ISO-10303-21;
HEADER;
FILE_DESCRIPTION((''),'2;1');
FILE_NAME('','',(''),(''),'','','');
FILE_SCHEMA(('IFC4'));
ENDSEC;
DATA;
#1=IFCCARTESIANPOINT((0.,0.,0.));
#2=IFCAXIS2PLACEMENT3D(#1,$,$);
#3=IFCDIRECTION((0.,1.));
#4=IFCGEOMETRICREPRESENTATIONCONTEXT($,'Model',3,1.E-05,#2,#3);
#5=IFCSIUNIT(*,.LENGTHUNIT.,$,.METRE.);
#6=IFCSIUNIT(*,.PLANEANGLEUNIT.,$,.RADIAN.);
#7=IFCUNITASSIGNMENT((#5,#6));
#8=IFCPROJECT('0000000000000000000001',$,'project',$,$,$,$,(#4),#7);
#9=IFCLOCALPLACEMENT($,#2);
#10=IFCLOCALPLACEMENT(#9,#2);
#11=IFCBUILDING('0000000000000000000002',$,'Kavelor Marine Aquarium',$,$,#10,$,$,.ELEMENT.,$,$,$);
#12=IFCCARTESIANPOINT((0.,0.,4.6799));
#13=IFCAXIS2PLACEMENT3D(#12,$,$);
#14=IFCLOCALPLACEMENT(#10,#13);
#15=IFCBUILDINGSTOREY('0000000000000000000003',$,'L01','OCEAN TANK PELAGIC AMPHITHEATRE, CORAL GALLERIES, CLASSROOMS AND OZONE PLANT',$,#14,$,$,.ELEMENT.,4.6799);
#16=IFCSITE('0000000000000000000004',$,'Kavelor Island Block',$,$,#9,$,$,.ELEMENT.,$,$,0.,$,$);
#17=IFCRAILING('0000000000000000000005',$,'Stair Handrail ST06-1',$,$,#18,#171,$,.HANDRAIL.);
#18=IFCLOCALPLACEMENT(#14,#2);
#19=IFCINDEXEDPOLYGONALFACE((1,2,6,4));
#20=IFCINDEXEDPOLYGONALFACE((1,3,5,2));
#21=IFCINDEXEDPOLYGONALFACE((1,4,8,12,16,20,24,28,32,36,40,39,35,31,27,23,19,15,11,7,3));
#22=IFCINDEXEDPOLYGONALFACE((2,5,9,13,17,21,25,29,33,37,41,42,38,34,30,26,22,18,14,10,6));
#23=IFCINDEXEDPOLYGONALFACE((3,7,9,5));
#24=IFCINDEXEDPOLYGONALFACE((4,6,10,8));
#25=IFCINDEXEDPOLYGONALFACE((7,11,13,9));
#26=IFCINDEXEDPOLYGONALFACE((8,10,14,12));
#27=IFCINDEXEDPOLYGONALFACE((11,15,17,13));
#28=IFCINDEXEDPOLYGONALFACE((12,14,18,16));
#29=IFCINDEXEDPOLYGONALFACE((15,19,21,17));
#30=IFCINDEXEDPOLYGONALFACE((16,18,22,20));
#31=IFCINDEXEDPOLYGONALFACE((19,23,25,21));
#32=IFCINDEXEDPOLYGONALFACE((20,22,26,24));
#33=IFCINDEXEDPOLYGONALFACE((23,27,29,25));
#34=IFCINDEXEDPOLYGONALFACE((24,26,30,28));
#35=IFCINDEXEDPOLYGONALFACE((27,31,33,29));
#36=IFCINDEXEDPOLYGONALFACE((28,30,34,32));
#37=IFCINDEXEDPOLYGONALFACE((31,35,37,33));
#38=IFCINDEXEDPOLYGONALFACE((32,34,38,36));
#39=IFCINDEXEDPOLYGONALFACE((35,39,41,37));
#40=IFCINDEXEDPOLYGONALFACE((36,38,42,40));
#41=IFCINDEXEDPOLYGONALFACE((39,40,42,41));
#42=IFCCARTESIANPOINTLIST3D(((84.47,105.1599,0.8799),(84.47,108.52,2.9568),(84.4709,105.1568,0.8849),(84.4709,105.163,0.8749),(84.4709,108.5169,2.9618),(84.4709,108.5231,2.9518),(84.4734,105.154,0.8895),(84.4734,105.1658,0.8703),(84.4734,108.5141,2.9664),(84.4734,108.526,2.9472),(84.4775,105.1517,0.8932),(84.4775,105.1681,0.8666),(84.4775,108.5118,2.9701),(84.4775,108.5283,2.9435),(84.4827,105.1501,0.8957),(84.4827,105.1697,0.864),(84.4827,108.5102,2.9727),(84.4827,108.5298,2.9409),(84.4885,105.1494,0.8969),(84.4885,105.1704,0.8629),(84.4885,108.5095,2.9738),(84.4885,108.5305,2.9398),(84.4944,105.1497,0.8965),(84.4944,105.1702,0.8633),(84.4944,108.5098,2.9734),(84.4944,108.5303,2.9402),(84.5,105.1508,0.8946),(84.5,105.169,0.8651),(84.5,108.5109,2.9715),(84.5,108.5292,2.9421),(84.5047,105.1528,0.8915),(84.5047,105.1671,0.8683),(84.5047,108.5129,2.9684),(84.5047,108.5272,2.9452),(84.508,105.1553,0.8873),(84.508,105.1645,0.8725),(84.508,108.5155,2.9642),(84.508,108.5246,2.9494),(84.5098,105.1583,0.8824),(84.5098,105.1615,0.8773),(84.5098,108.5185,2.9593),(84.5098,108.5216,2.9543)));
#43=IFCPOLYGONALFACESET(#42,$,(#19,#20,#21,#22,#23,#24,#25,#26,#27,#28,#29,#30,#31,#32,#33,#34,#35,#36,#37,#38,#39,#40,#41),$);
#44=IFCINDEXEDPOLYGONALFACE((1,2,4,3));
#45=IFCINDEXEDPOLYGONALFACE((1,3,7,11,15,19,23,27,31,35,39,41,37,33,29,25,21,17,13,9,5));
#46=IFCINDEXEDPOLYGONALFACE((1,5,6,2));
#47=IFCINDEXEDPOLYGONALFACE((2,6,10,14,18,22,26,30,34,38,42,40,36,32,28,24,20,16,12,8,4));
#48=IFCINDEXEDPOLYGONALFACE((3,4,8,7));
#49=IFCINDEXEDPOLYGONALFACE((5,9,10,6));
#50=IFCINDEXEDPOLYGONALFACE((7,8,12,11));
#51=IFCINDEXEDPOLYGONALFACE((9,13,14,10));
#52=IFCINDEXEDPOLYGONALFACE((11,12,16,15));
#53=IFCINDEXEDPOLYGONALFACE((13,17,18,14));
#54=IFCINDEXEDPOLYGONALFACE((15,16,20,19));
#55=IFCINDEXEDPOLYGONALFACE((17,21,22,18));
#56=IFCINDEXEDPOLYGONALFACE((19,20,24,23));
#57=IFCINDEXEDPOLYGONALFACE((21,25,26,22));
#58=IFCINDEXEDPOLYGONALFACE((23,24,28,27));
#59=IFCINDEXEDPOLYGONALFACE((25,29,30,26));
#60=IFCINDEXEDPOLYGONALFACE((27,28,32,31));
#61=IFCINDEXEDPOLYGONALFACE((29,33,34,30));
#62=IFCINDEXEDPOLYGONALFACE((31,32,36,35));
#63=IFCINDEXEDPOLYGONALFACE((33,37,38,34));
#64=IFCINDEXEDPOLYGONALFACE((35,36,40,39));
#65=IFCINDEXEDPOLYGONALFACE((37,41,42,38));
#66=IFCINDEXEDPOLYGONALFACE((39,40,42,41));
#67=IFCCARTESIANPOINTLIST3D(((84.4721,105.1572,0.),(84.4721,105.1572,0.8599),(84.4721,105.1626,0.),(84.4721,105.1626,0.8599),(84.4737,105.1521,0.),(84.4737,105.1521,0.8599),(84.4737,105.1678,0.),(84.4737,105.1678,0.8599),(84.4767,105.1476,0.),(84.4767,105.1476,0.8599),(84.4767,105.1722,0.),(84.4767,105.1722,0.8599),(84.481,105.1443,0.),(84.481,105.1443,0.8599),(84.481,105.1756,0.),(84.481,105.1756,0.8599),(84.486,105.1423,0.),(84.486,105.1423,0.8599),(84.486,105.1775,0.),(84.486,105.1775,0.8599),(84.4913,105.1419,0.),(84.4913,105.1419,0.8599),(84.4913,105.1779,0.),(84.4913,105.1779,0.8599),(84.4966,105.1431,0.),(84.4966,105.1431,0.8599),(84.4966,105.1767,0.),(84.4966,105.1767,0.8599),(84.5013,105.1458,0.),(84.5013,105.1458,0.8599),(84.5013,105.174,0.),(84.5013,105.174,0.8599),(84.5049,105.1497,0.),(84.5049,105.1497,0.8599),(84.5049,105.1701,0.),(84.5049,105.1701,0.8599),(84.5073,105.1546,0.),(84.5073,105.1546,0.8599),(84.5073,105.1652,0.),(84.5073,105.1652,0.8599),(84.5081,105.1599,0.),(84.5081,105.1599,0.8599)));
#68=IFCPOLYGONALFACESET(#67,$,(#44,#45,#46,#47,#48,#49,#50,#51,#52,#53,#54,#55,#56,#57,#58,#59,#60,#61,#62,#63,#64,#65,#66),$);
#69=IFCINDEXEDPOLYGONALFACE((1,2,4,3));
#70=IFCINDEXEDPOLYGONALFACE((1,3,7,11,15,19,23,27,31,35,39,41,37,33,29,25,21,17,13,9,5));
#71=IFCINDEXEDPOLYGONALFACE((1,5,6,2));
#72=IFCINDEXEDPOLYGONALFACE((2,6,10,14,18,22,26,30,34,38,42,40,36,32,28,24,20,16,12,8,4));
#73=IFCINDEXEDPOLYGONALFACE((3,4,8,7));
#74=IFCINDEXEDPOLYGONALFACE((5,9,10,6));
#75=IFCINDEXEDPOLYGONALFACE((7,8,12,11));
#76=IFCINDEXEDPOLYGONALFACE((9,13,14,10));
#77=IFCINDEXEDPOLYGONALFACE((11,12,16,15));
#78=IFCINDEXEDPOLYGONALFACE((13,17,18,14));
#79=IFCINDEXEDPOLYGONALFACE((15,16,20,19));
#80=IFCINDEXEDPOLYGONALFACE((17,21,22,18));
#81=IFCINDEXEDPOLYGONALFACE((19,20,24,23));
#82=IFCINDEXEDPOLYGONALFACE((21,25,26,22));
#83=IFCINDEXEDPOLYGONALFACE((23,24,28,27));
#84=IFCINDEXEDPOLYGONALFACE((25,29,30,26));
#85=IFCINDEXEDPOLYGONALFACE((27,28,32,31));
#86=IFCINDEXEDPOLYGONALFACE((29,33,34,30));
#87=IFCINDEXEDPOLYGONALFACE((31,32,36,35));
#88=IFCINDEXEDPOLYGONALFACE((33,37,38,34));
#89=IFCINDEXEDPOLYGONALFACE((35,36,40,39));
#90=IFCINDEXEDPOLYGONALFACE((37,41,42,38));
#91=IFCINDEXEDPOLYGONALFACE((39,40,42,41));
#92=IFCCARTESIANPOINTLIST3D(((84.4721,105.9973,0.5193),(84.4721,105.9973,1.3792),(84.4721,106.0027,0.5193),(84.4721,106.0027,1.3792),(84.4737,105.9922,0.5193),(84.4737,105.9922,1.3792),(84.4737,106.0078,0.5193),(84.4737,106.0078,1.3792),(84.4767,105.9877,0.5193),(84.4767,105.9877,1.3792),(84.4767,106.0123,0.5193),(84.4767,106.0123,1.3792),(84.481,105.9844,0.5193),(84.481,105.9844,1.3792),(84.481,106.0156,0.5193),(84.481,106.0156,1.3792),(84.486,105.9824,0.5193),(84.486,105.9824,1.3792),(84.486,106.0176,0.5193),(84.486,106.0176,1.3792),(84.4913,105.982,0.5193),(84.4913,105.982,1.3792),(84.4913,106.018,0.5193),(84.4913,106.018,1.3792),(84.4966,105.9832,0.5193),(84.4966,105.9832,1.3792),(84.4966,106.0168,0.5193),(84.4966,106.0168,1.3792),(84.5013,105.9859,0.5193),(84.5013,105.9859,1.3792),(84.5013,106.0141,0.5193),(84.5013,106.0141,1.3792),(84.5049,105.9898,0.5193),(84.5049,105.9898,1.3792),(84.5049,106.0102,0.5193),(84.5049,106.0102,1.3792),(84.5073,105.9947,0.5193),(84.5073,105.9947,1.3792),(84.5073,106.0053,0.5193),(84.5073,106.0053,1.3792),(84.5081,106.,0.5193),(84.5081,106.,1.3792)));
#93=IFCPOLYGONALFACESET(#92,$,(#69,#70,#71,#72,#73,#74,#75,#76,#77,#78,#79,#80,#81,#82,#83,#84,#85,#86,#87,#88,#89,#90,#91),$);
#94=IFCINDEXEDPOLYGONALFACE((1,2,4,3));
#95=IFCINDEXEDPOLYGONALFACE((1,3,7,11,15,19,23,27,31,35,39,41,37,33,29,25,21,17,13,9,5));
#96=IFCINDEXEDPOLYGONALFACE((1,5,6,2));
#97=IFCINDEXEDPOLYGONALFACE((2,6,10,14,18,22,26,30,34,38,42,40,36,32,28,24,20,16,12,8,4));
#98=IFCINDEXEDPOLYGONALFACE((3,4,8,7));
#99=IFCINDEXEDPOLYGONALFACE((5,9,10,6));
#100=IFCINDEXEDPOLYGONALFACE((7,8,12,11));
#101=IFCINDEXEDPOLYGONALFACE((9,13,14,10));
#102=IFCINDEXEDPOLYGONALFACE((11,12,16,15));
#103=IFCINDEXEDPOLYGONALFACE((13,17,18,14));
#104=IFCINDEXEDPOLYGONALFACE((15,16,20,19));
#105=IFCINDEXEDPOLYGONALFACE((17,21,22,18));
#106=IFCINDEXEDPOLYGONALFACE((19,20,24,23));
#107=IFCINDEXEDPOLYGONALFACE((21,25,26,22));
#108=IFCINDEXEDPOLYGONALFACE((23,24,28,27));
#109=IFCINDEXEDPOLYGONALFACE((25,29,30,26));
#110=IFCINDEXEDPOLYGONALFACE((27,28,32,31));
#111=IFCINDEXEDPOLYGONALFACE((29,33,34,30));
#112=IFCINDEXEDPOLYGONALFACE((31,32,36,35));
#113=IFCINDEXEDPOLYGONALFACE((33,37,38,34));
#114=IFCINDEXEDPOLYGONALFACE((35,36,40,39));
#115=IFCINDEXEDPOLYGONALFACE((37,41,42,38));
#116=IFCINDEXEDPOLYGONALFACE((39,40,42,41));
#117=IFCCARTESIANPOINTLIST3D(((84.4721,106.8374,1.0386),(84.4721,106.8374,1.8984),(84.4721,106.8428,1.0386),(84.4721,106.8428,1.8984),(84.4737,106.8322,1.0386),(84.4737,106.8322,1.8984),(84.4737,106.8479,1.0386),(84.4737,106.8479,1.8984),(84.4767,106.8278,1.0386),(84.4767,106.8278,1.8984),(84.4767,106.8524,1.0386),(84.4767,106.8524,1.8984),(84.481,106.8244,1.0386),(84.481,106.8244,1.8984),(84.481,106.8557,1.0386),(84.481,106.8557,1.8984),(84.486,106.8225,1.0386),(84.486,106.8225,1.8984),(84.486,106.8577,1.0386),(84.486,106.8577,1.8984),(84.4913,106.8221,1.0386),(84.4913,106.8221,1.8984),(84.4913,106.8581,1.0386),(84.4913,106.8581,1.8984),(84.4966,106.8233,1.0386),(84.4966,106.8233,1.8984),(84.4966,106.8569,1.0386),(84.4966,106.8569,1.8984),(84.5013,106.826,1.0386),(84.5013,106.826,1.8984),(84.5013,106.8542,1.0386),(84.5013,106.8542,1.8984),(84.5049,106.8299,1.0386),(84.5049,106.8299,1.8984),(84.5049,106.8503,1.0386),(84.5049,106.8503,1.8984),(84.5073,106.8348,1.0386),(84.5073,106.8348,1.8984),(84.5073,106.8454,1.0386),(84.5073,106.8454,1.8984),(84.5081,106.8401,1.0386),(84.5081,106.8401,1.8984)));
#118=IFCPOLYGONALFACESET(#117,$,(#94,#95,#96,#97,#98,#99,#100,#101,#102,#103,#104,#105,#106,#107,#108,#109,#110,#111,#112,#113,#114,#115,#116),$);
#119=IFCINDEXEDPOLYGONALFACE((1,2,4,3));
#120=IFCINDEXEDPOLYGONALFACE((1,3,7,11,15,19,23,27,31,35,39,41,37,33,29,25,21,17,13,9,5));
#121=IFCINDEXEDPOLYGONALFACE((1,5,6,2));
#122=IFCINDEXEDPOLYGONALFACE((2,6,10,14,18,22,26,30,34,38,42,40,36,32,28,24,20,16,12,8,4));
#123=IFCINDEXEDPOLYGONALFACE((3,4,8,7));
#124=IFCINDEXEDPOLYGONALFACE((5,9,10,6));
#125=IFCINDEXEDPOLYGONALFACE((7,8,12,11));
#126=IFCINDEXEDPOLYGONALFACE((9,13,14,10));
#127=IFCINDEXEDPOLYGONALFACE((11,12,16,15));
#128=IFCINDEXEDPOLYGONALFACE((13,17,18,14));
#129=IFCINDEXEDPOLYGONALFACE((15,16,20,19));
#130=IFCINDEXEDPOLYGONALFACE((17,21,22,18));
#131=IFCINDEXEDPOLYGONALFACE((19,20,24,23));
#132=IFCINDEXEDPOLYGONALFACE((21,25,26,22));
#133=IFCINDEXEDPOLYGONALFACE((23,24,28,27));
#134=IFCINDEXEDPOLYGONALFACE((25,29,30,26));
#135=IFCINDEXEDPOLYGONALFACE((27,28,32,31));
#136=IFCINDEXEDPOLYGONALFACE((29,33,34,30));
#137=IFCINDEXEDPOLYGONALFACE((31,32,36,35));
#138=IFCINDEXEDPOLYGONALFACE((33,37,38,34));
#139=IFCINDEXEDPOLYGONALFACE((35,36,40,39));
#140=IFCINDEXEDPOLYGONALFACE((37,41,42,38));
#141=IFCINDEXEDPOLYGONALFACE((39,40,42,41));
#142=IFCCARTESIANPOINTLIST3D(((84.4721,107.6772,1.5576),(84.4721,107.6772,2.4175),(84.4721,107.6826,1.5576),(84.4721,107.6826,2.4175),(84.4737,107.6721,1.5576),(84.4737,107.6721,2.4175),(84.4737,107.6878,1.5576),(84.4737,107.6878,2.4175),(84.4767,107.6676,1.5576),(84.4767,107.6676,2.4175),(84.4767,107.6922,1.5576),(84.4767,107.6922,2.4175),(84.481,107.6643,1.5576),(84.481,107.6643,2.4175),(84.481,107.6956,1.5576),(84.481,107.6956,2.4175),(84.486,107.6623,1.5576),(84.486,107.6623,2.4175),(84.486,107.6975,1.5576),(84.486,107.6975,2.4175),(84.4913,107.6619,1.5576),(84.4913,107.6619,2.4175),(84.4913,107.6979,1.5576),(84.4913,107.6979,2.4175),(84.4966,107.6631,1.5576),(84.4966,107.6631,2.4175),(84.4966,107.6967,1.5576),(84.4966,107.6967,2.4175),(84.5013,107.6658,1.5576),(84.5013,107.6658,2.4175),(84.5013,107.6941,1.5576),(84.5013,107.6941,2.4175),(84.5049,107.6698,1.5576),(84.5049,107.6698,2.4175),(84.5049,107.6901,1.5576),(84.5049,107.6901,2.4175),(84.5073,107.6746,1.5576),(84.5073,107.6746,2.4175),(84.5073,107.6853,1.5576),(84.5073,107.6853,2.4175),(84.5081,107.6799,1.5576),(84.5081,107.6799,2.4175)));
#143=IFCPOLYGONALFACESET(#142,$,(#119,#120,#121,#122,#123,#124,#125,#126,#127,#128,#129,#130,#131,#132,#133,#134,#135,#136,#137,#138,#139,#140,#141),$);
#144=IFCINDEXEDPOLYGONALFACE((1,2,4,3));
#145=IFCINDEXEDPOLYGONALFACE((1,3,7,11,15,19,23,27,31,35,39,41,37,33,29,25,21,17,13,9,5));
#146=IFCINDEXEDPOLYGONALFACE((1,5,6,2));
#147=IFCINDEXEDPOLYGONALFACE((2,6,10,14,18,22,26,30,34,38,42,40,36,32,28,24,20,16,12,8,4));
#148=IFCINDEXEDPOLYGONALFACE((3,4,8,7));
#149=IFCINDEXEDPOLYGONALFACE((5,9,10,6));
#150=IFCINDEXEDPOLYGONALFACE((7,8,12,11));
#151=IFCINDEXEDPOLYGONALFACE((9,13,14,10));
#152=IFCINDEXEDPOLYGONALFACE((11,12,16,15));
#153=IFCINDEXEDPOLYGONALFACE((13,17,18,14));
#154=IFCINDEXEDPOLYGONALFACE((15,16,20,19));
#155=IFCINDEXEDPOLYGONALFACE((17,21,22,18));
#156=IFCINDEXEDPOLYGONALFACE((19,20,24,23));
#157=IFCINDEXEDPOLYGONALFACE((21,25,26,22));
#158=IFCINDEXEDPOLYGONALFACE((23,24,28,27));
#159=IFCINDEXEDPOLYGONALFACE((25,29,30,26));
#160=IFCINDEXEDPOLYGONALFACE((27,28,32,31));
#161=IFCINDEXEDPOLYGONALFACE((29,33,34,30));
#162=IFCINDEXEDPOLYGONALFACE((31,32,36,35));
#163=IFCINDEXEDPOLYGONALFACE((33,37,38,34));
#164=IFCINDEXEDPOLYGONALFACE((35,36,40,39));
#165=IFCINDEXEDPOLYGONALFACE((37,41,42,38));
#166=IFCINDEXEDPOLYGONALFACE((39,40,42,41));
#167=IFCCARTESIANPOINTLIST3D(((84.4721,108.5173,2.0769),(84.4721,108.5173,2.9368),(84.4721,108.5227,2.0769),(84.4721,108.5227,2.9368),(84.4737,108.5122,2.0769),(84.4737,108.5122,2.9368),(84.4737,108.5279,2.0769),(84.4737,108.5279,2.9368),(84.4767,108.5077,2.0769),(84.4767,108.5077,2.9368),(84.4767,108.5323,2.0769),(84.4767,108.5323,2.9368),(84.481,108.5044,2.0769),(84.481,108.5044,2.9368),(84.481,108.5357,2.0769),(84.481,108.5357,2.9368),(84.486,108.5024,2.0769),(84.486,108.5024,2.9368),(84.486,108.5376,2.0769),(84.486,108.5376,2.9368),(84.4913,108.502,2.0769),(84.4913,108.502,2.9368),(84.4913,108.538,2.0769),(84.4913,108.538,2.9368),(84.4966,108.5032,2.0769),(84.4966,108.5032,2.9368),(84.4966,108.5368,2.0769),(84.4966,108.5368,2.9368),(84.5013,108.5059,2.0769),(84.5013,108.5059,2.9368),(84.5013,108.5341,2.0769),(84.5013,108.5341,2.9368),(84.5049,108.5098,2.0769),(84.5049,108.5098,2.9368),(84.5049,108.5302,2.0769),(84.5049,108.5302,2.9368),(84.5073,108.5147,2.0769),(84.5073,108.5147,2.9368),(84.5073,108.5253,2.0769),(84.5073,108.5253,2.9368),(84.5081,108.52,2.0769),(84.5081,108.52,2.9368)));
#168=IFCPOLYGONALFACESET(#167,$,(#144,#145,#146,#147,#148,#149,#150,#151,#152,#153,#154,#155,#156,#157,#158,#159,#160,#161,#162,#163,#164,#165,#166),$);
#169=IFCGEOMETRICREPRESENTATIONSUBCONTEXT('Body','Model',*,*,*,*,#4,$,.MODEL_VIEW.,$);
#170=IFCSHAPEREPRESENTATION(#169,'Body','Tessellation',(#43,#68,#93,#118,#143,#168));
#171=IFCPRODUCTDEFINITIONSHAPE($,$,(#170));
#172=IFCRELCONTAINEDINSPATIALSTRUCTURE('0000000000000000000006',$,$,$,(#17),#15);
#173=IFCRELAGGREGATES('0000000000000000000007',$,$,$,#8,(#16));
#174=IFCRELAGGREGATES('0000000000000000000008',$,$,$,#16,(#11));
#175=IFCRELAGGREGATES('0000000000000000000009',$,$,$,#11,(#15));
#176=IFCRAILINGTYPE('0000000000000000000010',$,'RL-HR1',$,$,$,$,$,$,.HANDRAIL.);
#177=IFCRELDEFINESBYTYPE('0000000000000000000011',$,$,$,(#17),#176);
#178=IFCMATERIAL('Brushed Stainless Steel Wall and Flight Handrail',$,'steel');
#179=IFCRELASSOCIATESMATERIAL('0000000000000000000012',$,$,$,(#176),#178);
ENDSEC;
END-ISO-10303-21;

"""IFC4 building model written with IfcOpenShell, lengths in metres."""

from ifc_helpers import new_model, si_unit, direction, frame, origin, origin_2d, place, context, subcontext, project, spatial, circle, extrude, material, type_object, element, save


model = new_model("IFC4")

# Units and contexts
model_context = context("Model", 3, precision=1e-05, world=origin(), true_north=direction((0.0, 1.0)))
body_context = subcontext(model_context, "Body", "Model", "MODEL_VIEW")
ifc_project = project(units=[si_unit("LENGTHUNIT", "METRE"), si_unit("PLANEANGLEUNIT", "RADIAN")], contexts=[model_context])

# Site, building, storey
site_placement = place(None, origin())
site = spatial("IfcSite", under=ifc_project, at=site_placement, Name="Kavelor Island Block", CompositionType="ELEMENT", RefElevation=0.0)
building_placement = place(site_placement, origin())
building = spatial("IfcBuilding", under=site, at=building_placement, Name="Kavelor Marine Aquarium", CompositionType="ELEMENT")
storey_placement = place(building_placement, frame((0.0, 0.0, 4.6799)))
storey = spatial("IfcBuildingStorey", under=building, at=storey_placement, Name="L01", Description="OCEAN TANK PELAGIC AMPHITHEATRE, CORAL GALLERIES, CLASSROOMS AND OZONE PLANT", CompositionType="ELEMENT", Elevation=4.6799)

# Railing
ifc_material_1 = material(Name="Brushed Stainless Steel Wall and Flight Handrail", Category="steel")
railing_type_1 = type_object("IfcRailingType", Name="RL-HR1", PredefinedType="HANDRAIL", material=ifc_material_1)
railing_1_placement = place(storey_placement, frame((84.49, 105.1599, 0.0)))
element("IfcRailing", 1, at=railing_1_placement, inside=storey, type_object=railing_type_1, Name="Stair Handrail ST06-1", PredefinedType="HANDRAIL", context=body_context, shape_type="SweptSolid", body=[
    extrude(circle(Radius=0.02, at=origin_2d()), frame((0.0, 0.0, 0.8799), z_axis=(0.0, 0.850623, 0.525776), x_axis=(-1.0, 0.0, 0.0)), (0.0, 0.0, 1.0), 3.9502),
    extrude(circle(Radius=0.0181, at=origin_2d()), origin(), (0.0, 0.0, 1.0), 0.8599),
    extrude(circle(Radius=0.0181, at=origin_2d()), frame((0.0, 0.8401, 0.5193)), (0.0, 0.0, 1.0), 0.8599),
    extrude(circle(Radius=0.0181, at=origin_2d()), frame((0.0, 1.6802, 1.0386)), (0.0, 0.0, 1.0), 0.8599),
    extrude(circle(Radius=0.0181, at=origin_2d()), frame((0.0, 2.52, 1.5576)), (0.0, 0.0, 1.0), 0.8599),
    extrude(circle(Radius=0.0181, at=origin_2d()), frame((0.0, 3.3601, 2.0769)), (0.0, 0.0, 1.0), 0.8599),
])

save(model, "model.ifc")
